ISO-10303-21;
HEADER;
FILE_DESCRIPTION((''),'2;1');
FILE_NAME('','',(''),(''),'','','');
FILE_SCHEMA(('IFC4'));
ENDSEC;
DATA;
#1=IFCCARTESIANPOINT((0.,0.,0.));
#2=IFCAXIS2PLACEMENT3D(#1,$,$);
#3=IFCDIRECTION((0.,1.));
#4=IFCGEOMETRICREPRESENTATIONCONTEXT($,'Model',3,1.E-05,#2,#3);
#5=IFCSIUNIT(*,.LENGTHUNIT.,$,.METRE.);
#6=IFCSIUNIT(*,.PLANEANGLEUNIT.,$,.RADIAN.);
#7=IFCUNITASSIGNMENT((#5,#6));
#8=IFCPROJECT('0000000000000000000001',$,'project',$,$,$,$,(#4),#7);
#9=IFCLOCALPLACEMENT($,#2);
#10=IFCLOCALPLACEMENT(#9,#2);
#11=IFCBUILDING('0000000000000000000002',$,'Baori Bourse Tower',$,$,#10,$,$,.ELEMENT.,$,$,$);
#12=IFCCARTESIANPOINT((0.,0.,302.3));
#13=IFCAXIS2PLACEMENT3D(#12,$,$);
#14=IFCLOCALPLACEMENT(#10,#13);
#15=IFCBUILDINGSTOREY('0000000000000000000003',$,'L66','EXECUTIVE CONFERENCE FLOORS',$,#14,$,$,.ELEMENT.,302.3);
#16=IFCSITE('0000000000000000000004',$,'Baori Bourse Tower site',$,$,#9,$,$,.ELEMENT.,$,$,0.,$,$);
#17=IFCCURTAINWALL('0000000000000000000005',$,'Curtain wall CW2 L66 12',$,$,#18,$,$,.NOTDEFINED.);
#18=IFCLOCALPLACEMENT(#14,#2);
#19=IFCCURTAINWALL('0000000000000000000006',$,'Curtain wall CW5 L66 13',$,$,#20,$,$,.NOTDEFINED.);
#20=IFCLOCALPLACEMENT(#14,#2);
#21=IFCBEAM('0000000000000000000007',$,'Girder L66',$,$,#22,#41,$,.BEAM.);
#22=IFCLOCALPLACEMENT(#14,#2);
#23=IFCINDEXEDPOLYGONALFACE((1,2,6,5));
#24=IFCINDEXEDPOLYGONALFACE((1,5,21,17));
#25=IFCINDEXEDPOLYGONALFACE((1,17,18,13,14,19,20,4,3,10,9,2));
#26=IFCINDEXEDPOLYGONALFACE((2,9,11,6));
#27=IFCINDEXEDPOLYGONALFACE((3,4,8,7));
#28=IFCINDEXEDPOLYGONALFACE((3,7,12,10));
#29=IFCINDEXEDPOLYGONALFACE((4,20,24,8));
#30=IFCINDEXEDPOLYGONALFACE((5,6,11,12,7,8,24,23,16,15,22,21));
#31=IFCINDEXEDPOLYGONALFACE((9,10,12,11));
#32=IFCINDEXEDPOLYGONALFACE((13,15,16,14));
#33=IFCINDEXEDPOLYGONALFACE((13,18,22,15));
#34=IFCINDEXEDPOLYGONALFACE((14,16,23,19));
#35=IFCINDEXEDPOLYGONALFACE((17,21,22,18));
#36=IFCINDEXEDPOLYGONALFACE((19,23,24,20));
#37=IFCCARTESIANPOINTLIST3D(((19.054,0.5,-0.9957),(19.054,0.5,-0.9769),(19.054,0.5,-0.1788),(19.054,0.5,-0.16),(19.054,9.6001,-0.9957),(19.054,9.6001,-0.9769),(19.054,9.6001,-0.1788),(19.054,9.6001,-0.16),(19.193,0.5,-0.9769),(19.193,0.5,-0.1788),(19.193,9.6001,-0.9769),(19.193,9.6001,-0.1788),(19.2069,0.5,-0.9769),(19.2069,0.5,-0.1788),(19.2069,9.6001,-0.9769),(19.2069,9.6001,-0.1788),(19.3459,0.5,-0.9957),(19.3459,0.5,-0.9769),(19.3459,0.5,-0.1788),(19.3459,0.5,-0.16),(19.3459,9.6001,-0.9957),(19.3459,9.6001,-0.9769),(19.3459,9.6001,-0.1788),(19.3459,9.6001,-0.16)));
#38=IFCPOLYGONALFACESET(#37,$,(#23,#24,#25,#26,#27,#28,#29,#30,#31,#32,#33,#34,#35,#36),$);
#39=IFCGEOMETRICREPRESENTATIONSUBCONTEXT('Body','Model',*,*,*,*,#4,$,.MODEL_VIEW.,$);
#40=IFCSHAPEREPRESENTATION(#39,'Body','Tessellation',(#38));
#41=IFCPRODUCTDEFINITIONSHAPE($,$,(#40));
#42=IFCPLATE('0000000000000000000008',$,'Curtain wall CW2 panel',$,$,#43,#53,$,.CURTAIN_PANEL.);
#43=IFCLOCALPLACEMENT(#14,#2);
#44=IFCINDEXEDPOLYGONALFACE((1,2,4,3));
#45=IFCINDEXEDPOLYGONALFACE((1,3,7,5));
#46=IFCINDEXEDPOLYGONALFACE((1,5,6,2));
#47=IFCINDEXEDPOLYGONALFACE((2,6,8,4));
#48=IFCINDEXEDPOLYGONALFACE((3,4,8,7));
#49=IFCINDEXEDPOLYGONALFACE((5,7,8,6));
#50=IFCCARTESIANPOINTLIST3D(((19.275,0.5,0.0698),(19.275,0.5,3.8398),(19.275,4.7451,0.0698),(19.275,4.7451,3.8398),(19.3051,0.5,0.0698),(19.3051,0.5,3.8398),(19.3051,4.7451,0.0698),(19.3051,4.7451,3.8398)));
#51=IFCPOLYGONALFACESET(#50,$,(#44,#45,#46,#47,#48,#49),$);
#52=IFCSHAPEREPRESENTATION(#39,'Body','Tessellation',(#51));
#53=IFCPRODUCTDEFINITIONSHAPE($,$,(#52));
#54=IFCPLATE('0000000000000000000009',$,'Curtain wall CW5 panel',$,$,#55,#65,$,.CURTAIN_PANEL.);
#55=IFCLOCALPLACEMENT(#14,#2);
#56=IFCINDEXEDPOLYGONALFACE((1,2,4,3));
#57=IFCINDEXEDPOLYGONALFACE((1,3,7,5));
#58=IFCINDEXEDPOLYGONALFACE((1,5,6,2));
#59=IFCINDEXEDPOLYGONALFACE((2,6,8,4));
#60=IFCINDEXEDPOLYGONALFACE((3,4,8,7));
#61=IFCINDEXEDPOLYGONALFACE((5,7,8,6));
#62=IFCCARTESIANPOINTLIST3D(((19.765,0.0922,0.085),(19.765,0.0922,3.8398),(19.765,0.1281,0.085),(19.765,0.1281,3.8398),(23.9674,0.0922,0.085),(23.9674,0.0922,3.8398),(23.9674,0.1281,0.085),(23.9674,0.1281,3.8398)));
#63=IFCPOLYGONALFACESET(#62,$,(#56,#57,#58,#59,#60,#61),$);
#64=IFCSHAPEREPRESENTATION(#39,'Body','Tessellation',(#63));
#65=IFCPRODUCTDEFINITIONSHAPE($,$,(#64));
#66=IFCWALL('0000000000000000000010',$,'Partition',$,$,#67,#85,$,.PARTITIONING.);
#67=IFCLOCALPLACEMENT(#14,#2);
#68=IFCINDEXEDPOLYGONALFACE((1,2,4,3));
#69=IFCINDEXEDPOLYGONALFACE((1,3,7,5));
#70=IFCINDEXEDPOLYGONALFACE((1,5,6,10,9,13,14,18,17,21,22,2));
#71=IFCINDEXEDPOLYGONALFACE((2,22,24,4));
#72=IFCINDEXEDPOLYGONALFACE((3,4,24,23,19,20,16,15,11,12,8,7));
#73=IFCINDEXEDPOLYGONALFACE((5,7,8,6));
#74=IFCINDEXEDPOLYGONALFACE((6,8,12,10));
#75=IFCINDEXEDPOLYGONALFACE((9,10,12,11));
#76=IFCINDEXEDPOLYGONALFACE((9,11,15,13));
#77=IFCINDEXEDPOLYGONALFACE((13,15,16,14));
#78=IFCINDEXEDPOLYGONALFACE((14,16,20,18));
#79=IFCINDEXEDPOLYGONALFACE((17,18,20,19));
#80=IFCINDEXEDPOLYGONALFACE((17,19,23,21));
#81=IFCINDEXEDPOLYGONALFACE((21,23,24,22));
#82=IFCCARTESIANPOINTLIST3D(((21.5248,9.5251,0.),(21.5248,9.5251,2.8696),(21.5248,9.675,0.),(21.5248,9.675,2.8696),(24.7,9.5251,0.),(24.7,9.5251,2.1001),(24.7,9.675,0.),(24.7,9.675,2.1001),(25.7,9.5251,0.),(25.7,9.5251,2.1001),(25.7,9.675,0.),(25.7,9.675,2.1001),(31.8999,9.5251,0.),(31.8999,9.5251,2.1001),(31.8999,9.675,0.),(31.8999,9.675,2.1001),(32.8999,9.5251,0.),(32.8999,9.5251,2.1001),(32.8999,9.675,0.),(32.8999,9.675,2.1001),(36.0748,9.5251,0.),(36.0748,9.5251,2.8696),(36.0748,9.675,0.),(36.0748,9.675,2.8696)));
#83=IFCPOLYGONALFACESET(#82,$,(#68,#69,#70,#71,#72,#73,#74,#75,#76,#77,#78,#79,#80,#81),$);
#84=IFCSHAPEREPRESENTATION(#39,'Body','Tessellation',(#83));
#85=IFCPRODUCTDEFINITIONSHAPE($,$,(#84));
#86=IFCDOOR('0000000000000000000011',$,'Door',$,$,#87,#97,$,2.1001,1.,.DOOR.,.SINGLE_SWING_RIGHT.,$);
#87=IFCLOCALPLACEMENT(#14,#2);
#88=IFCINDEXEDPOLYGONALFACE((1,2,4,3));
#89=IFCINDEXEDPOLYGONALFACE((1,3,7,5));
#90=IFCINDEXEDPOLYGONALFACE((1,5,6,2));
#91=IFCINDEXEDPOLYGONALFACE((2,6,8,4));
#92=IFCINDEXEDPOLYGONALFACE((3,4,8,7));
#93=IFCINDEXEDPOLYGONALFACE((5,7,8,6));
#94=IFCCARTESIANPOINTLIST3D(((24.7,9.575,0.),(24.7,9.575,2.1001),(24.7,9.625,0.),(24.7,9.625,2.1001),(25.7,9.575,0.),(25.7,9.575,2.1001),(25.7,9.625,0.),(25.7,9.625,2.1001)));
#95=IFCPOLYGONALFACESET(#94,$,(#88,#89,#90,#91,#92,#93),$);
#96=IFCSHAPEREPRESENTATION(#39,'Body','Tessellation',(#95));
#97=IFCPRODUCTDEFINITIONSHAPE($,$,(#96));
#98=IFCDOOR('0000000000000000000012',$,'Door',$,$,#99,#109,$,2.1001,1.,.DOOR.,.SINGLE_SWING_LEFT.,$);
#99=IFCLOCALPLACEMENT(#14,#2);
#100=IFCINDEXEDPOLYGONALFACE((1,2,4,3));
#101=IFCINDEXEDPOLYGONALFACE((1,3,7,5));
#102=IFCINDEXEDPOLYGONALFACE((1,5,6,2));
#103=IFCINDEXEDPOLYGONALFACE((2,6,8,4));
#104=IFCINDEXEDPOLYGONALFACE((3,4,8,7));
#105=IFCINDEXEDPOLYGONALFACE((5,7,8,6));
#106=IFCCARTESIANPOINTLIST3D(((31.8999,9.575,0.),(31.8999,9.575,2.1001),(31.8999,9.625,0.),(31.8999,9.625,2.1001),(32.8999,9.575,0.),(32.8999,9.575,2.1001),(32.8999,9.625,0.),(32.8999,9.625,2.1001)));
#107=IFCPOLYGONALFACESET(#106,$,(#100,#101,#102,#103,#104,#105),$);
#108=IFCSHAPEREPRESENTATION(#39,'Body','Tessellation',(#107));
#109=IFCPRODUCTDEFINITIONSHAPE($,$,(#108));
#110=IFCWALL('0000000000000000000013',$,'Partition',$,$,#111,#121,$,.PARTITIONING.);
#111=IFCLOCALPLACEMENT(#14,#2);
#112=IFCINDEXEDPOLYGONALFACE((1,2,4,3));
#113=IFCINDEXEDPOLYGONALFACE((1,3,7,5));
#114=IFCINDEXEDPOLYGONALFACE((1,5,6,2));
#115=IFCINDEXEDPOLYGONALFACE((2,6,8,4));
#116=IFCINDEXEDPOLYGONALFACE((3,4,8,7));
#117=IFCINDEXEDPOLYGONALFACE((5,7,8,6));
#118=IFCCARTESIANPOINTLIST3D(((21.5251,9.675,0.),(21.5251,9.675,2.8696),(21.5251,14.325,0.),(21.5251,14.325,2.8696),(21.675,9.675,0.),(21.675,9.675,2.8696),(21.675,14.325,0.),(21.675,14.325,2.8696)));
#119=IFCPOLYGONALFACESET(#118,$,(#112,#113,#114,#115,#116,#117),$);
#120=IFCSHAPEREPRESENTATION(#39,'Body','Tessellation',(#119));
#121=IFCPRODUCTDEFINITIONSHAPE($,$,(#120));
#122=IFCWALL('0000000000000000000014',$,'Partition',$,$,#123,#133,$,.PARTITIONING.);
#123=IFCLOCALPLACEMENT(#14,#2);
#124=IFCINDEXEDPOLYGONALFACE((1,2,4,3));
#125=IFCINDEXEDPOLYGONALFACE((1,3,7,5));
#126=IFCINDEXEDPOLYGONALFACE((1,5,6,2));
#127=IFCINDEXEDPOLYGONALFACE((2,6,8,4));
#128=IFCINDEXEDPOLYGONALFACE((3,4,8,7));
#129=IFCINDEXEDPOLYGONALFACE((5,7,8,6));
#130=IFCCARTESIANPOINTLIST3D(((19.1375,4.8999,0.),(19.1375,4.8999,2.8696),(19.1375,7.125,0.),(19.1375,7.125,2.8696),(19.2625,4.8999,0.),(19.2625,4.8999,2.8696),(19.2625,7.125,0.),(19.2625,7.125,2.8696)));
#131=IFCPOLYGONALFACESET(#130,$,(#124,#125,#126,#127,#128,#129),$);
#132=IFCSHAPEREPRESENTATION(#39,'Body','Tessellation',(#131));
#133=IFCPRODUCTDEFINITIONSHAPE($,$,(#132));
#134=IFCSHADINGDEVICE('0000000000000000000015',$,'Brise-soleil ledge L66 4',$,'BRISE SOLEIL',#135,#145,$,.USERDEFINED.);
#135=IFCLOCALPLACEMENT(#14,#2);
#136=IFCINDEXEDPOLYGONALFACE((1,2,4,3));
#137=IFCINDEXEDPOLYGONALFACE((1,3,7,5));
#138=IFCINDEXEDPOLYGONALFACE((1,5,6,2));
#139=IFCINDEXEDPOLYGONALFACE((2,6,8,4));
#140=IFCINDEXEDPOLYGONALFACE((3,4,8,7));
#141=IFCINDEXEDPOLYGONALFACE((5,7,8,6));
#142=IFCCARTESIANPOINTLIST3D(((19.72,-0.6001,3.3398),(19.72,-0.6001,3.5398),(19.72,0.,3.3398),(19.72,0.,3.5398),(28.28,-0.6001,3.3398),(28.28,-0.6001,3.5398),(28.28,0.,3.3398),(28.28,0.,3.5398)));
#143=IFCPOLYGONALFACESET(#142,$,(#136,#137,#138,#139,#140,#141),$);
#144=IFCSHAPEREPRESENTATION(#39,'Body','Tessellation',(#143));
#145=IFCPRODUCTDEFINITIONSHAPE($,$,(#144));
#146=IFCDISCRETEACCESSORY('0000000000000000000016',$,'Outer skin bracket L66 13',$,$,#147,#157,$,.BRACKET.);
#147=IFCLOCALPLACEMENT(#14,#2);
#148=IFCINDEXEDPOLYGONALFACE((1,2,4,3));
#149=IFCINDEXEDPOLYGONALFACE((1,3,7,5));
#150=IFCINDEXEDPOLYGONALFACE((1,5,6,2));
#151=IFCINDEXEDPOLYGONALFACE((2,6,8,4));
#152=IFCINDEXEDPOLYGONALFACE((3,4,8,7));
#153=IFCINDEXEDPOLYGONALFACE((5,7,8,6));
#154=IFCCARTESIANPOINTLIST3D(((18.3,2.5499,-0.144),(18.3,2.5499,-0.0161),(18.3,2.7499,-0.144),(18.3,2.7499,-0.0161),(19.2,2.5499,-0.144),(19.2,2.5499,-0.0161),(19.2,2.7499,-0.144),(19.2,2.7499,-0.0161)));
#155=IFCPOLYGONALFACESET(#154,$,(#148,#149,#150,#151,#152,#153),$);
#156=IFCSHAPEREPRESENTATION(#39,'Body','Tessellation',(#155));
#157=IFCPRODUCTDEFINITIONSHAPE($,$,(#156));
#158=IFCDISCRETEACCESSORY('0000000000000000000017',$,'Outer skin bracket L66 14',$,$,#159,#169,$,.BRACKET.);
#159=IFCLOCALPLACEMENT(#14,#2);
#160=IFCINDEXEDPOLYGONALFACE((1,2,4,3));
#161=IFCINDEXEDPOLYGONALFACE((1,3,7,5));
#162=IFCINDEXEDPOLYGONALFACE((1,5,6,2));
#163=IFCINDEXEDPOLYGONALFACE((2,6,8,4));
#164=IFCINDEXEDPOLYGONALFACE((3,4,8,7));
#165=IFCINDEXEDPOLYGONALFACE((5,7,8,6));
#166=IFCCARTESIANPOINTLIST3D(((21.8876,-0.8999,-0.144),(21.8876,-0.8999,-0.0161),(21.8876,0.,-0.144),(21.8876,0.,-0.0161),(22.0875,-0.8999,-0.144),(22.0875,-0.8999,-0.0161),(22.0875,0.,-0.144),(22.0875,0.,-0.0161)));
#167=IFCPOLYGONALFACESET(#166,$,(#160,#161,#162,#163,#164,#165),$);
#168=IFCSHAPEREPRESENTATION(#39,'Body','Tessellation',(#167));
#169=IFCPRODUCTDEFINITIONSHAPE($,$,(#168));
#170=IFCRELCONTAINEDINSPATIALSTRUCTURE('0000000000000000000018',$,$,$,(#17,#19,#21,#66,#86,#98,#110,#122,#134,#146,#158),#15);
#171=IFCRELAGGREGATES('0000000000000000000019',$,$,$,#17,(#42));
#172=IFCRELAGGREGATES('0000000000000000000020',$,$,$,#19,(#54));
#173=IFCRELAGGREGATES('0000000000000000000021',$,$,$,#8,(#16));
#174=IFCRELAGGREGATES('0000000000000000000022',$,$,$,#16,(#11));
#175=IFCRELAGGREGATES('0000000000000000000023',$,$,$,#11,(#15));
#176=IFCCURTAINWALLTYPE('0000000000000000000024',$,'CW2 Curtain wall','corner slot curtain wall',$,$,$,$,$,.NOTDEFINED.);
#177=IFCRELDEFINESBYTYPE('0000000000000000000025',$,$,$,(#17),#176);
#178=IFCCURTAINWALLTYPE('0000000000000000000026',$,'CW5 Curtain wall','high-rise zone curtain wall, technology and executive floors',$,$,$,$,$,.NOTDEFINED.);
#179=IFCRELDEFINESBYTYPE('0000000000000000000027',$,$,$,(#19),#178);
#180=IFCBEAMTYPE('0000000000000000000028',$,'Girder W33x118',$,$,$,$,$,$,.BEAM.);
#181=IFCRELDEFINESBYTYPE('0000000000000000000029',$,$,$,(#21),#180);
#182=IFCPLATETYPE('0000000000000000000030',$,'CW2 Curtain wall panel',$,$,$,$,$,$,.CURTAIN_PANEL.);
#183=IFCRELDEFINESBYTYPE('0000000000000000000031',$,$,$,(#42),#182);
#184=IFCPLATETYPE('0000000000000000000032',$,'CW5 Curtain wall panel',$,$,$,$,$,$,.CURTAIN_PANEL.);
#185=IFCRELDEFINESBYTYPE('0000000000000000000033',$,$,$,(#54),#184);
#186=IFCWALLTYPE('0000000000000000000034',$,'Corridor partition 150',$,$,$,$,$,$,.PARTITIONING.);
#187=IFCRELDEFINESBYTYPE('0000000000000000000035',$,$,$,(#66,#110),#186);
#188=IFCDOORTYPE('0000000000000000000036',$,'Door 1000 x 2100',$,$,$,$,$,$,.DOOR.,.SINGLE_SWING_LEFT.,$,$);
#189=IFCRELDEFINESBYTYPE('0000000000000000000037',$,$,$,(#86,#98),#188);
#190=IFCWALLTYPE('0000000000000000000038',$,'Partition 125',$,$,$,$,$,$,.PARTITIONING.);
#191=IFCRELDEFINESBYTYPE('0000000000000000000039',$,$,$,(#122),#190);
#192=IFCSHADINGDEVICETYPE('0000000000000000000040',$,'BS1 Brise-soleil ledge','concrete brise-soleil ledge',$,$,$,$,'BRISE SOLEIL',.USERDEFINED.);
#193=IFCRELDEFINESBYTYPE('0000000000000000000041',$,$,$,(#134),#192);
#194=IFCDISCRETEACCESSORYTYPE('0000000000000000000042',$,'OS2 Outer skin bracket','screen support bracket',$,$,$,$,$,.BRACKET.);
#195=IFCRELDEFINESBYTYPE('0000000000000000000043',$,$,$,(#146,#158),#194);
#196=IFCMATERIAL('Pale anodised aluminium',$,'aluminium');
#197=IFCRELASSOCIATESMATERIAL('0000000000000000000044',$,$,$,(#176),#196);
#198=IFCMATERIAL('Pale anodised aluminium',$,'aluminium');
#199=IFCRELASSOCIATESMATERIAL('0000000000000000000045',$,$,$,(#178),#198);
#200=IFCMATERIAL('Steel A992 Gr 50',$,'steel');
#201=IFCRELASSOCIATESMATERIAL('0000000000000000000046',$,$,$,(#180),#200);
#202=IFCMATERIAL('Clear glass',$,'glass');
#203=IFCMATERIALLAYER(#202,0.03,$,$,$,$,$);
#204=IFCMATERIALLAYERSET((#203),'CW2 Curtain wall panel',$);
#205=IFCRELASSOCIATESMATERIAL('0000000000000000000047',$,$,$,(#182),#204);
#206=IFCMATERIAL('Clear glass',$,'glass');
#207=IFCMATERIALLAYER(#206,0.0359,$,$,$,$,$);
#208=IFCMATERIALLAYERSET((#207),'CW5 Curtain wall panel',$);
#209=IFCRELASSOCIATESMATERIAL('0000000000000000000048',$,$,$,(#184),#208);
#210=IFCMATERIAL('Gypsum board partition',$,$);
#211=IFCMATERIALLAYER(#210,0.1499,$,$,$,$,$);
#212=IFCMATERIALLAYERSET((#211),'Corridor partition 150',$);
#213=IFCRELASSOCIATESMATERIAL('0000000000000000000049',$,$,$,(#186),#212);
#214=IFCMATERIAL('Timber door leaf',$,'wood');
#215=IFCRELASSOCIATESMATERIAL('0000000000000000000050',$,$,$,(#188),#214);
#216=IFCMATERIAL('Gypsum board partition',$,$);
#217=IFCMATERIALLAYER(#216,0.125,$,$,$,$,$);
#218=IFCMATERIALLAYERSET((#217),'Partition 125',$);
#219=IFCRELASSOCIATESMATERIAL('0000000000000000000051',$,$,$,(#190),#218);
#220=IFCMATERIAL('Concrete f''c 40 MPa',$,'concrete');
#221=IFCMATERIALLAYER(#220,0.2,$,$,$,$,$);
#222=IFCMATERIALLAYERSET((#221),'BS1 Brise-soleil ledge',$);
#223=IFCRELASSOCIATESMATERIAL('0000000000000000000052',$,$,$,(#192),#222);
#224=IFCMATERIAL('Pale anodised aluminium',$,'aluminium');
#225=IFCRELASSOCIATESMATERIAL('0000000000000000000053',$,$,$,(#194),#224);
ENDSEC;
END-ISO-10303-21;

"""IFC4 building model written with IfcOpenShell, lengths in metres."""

from ifc_helpers import new_model, si_unit, direction, frame, frame_2d, origin, origin_2d, place, context, subcontext, project, spatial, rectangle, i_section, extrude, material, layer, layer_set, material_profile, profile_set, type_object, element, fill, aggregate, save


model = new_model("IFC4")

# Units and contexts
model_context = context("Model", 3, precision=1e-05, world=origin(), true_north=direction((0.0, 1.0)))
body_context = subcontext(model_context, "Body", "Model", "MODEL_VIEW")
ifc_project = project(units=[si_unit("LENGTHUNIT", "METRE"), si_unit("PLANEANGLEUNIT", "RADIAN")], contexts=[model_context])

# Site, building, storey
site_placement = place(None, origin())
site = spatial("IfcSite", under=ifc_project, at=site_placement, Name="Baori Bourse Tower site", CompositionType="ELEMENT", RefElevation=0.0)
building_placement = place(site_placement, origin())
building = spatial("IfcBuilding", under=site, at=building_placement, Name="Baori Bourse Tower", CompositionType="ELEMENT")
storey_placement = place(building_placement, frame((0.0, 0.0, 302.3)))
storey = spatial("IfcBuildingStorey", under=building, at=storey_placement, Name="L66", Description="EXECUTIVE CONFERENCE FLOORS", CompositionType="ELEMENT", Elevation=302.3)

# Curtain walls
ifc_material_1 = material(Name="Pale anodised aluminium", Category="aluminium")
curtain_wall_type_1 = type_object("IfcCurtainWallType", Name="CW2 Curtain wall", Description="corner slot curtain wall", PredefinedType="NOTDEFINED", material=ifc_material_1)
curtain_wall_1_placement = place(storey_placement, origin())
curtain_wall_1 = element("IfcCurtainWall", 1, at=curtain_wall_1_placement, inside=storey, type_object=curtain_wall_type_1, Name="Curtain wall CW2 L66 12", PredefinedType="NOTDEFINED")
ifc_material_2 = material(Name="Pale anodised aluminium", Category="aluminium")
curtain_wall_type_2 = type_object("IfcCurtainWallType", Name="CW5 Curtain wall", Description="high-rise zone curtain wall, technology and executive floors", PredefinedType="NOTDEFINED", material=ifc_material_2)
curtain_wall_2_placement = place(storey_placement, origin())
curtain_wall_2 = element("IfcCurtainWall", 2, at=curtain_wall_2_placement, inside=storey, type_object=curtain_wall_type_2, Name="Curtain wall CW5 L66 13", PredefinedType="NOTDEFINED")

# Beam
ifc_material_3 = material(Name="Steel A992 Gr 50", Category="steel")
ifc_material_profile_1 = material_profile(ifc_material_3, i_section(OverallWidth=0.292, OverallDepth=0.8357, WebThickness=0.0139, FlangeThickness=0.0188, at=origin_2d()), Name="W33x118")
ifc_profile_set_1 = profile_set([ifc_material_profile_1], Name="Steel A992 Gr 50")
beam_type_1 = type_object("IfcBeamType", Name="Girder W33x118", PredefinedType="BEAM", material=ifc_profile_set_1)
beam_1_placement = place(storey_placement, frame((19.2, 0.5, -0.5779), z_axis=(0.0, 1.0, 0.0), x_axis=(-1.0, 0.0, 0.0)))
element("IfcBeam", 3, at=beam_1_placement, inside=storey, type_object=beam_type_1, Name="Girder L66", PredefinedType="BEAM", context=body_context, shape_type="SweptSolid", body=[
    extrude(i_section(OverallWidth=0.292, OverallDepth=0.8357, WebThickness=0.0139, FlangeThickness=0.0188, at=origin_2d()), origin(), (0.0, 0.0, 1.0), 9.1001),
])

# Plates
ifc_material_4 = material(Name="Clear glass", Category="glass")
ifc_layer_1 = layer(ifc_material_4, 0.03)
ifc_layer_set_1 = layer_set([ifc_layer_1], Name="CW2 Curtain wall panel")
plate_type_1 = type_object("IfcPlateType", Name="CW2 Curtain wall panel", PredefinedType="CURTAIN_PANEL", material=ifc_layer_set_1)
plate_1_placement = place(storey_placement, frame((19.29, 2.6226, 0.0698), z_axis=(0.0, 0.0, 1.0), x_axis=(0.0, -1.0, 0.0)))
plate_1 = element("IfcPlate", 4, at=plate_1_placement, type_object=plate_type_1, Name="Curtain wall CW2 panel", PredefinedType="CURTAIN_PANEL", context=body_context, shape_type="SweptSolid", body=[
    extrude(rectangle(XDim=4.2451, YDim=0.03, at=origin_2d()), origin(), (0.0, 0.0, 1.0), 3.77),
])
aggregate(curtain_wall_1, [plate_1])
ifc_material_5 = material(Name="Clear glass", Category="glass")
ifc_layer_2 = layer(ifc_material_5, 0.0359)
ifc_layer_set_2 = layer_set([ifc_layer_2], Name="CW5 Curtain wall panel")
plate_type_2 = type_object("IfcPlateType", Name="CW5 Curtain wall panel", PredefinedType="CURTAIN_PANEL", material=ifc_layer_set_2)
plate_2_placement = place(storey_placement, frame((21.8662, 0.1101, 0.085), z_axis=(0.0, 0.0, 1.0), x_axis=(1.0, 0.0, 0.0)))
plate_2 = element("IfcPlate", 5, at=plate_2_placement, type_object=plate_type_2, Name="Curtain wall CW5 panel", PredefinedType="CURTAIN_PANEL", context=body_context, shape_type="SweptSolid", body=[
    extrude(rectangle(XDim=4.2024, YDim=0.0359, at=origin_2d()), origin(), (0.0, 0.0, 1.0), 3.7549),
])
aggregate(curtain_wall_2, [plate_2])

# Wall, openings, doors
ifc_material_6 = material(Name="Gypsum board partition")
ifc_layer_3 = layer(ifc_material_6, 0.1499)
ifc_layer_set_3 = layer_set([ifc_layer_3], Name="Corridor partition 150")
wall_type_1 = type_object("IfcWallType", Name="Corridor partition 150", PredefinedType="PARTITIONING", material=ifc_layer_set_3)
wall_1_placement = place(storey_placement, frame((21.5249, 9.6001, 0.0), z_axis=(0.0, 0.0, 1.0), x_axis=(1.0, 0.0, 0.0)))
wall_1 = element("IfcWall", 6, at=wall_1_placement, inside=storey, type_object=wall_type_1, Name="Partition", PredefinedType="PARTITIONING", context=body_context, shape_type="SweptSolid", body=[
    extrude(rectangle(XDim=14.55, YDim=0.1499, at=frame_2d((7.2749, 0.0))), origin(), (0.0, 0.0, 1.0), 2.8696),
])
opening_1_placement = place(wall_1_placement, frame((3.175, 0.0, 0.0)))
opening_1 = element("IfcOpeningElement", 7, at=opening_1_placement, cuts=wall_1, PredefinedType="OPENING", context=body_context, shape_type="SweptSolid", body=[
    extrude(rectangle(XDim=1.0, YDim=2.1001, at=frame_2d((0.5, 1.05))), frame((0.0, 0.085, 0.0), z_axis=(0.0, -1.0, 0.0), x_axis=(1.0, 0.0, 0.0)), (0.0, 0.0, 1.0), 0.1699),
])
opening_2_placement = place(wall_1_placement, frame((10.375, 0.0, 0.0)))
opening_2 = element("IfcOpeningElement", 8, at=opening_2_placement, cuts=wall_1, PredefinedType="OPENING", context=body_context, shape_type="SweptSolid", body=[
    extrude(rectangle(XDim=1.0, YDim=2.1001, at=frame_2d((0.5, 1.05))), frame((0.0, 0.085, 0.0), z_axis=(0.0, -1.0, 0.0), x_axis=(1.0, 0.0, 0.0)), (0.0, 0.0, 1.0), 0.1699),
])
ifc_material_7 = material(Name="Timber door leaf", Category="wood")
door_type = type_object("IfcDoorType", Name="Door 1000 x 2100", OperationType="SINGLE_SWING_LEFT", PredefinedType="DOOR", material=ifc_material_7)
door_1_placement = place(opening_1_placement, origin())
door_1 = element("IfcDoor", 9, at=door_1_placement, inside=storey, type_object=door_type, Name="Door", OperationType="SINGLE_SWING_RIGHT", OverallHeight=2.1001, OverallWidth=1.0, PredefinedType="DOOR", context=body_context, shape_type="SweptSolid", body=[
    extrude(rectangle(XDim=1.0, YDim=2.1001, at=frame_2d((0.5, 1.05))), frame((0.0, 0.0249, 0.0), z_axis=(0.0, -1.0, 0.0), x_axis=(1.0, 0.0, 0.0)), (0.0, 0.0, 1.0), 0.05),
])
fill(opening_1, door_1)
door_2_placement = place(opening_2_placement, origin())
door_2 = element("IfcDoor", 10, at=door_2_placement, inside=storey, type_object=door_type, Name="Door", OperationType="SINGLE_SWING_LEFT", OverallHeight=2.1001, OverallWidth=1.0, PredefinedType="DOOR", context=body_context, shape_type="SweptSolid", body=[
    extrude(rectangle(XDim=1.0, YDim=2.1001, at=frame_2d((0.5, 1.05))), frame((0.0, 0.0249, 0.0), z_axis=(0.0, -1.0, 0.0), x_axis=(1.0, 0.0, 0.0)), (0.0, 0.0, 1.0), 0.05),
])
fill(opening_2, door_2)

# Walls
wall_2_placement = place(storey_placement, frame((21.6001, 9.675, 0.0), z_axis=(0.0, 0.0, 1.0), x_axis=(0.0, 1.0, 0.0)))
element("IfcWall", 11, at=wall_2_placement, inside=storey, type_object=wall_type_1, Name="Partition", PredefinedType="PARTITIONING", context=body_context, shape_type="SweptSolid", body=[
    extrude(rectangle(XDim=4.6499, YDim=0.1499, at=frame_2d((2.325, 0.0))), origin(), (0.0, 0.0, 1.0), 2.8696),
])
ifc_material_8 = material(Name="Gypsum board partition")
ifc_layer_4 = layer(ifc_material_8, 0.125)
ifc_layer_set_4 = layer_set([ifc_layer_4], Name="Partition 125")
wall_type_2 = type_object("IfcWallType", Name="Partition 125", PredefinedType="PARTITIONING", material=ifc_layer_set_4)
wall_3_placement = place(storey_placement, frame((19.2, 4.8999, 0.0), z_axis=(0.0, 0.0, 1.0), x_axis=(0.0, 1.0, 0.0)))
element("IfcWall", 12, at=wall_3_placement, inside=storey, type_object=wall_type_2, Name="Partition", PredefinedType="PARTITIONING", context=body_context, shape_type="SweptSolid", body=[
    extrude(rectangle(XDim=2.2251, YDim=0.125, at=frame_2d((1.1125, 0.0))), origin(), (0.0, 0.0, 1.0), 2.8696),
])

# Shading device
ifc_material_9 = material(Name="Concrete f'c 40 MPa", Category="concrete")
ifc_layer_5 = layer(ifc_material_9, 0.2)
ifc_layer_set_5 = layer_set([ifc_layer_5], Name="BS1 Brise-soleil ledge")
shading_device_type = type_object("IfcShadingDeviceType", Name="BS1 Brise-soleil ledge", Description="concrete brise-soleil ledge", ElementType="BRISE SOLEIL", PredefinedType="USERDEFINED", material=ifc_layer_set_5)
shading_device_placement = place(storey_placement, frame((24.0, -0.3, 3.3398), z_axis=(0.0, 0.0, 1.0), x_axis=(1.0, 0.0, 0.0)))
element("IfcShadingDevice", 13, at=shading_device_placement, inside=storey, type_object=shading_device_type, Name="Brise-soleil ledge L66 4", ObjectType="BRISE SOLEIL", PredefinedType="USERDEFINED", context=body_context, shape_type="SweptSolid", body=[
    extrude(rectangle(XDim=8.5601, YDim=0.6001, at=origin_2d()), origin(), (0.0, 0.0, 1.0), 0.2),
])

# Discrete accessories
ifc_material_10 = material(Name="Pale anodised aluminium", Category="aluminium")
discrete_accessory_type = type_object("IfcDiscreteAccessoryType", Name="OS2 Outer skin bracket", Description="screen support bracket", PredefinedType="BRACKET", material=ifc_material_10)
for number, where, z_axis, x_axis, name in (
    (14, (18.75, 2.6499, -0.144), (0.0, 0.0, 1.0), (0.0, -1.0, 0.0), "Outer skin bracket L66 13"),
    (15, (21.9875, -0.45, -0.144), (0.0, 0.0, 1.0), (1.0, 0.0, 0.0), "Outer skin bracket L66 14"),
):
    element("IfcDiscreteAccessory", number, at=place(storey_placement, frame(where, z_axis=z_axis, x_axis=x_axis)), inside=storey, type_object=discrete_accessory_type, Name=name, PredefinedType="BRACKET", context=body_context, shape_type="SweptSolid", body=[
        extrude(rectangle(XDim=0.2, YDim=0.8999, at=origin_2d()), origin(), (0.0, 0.0, 1.0), 0.1279),
    ])

save(model, "model.ifc")
